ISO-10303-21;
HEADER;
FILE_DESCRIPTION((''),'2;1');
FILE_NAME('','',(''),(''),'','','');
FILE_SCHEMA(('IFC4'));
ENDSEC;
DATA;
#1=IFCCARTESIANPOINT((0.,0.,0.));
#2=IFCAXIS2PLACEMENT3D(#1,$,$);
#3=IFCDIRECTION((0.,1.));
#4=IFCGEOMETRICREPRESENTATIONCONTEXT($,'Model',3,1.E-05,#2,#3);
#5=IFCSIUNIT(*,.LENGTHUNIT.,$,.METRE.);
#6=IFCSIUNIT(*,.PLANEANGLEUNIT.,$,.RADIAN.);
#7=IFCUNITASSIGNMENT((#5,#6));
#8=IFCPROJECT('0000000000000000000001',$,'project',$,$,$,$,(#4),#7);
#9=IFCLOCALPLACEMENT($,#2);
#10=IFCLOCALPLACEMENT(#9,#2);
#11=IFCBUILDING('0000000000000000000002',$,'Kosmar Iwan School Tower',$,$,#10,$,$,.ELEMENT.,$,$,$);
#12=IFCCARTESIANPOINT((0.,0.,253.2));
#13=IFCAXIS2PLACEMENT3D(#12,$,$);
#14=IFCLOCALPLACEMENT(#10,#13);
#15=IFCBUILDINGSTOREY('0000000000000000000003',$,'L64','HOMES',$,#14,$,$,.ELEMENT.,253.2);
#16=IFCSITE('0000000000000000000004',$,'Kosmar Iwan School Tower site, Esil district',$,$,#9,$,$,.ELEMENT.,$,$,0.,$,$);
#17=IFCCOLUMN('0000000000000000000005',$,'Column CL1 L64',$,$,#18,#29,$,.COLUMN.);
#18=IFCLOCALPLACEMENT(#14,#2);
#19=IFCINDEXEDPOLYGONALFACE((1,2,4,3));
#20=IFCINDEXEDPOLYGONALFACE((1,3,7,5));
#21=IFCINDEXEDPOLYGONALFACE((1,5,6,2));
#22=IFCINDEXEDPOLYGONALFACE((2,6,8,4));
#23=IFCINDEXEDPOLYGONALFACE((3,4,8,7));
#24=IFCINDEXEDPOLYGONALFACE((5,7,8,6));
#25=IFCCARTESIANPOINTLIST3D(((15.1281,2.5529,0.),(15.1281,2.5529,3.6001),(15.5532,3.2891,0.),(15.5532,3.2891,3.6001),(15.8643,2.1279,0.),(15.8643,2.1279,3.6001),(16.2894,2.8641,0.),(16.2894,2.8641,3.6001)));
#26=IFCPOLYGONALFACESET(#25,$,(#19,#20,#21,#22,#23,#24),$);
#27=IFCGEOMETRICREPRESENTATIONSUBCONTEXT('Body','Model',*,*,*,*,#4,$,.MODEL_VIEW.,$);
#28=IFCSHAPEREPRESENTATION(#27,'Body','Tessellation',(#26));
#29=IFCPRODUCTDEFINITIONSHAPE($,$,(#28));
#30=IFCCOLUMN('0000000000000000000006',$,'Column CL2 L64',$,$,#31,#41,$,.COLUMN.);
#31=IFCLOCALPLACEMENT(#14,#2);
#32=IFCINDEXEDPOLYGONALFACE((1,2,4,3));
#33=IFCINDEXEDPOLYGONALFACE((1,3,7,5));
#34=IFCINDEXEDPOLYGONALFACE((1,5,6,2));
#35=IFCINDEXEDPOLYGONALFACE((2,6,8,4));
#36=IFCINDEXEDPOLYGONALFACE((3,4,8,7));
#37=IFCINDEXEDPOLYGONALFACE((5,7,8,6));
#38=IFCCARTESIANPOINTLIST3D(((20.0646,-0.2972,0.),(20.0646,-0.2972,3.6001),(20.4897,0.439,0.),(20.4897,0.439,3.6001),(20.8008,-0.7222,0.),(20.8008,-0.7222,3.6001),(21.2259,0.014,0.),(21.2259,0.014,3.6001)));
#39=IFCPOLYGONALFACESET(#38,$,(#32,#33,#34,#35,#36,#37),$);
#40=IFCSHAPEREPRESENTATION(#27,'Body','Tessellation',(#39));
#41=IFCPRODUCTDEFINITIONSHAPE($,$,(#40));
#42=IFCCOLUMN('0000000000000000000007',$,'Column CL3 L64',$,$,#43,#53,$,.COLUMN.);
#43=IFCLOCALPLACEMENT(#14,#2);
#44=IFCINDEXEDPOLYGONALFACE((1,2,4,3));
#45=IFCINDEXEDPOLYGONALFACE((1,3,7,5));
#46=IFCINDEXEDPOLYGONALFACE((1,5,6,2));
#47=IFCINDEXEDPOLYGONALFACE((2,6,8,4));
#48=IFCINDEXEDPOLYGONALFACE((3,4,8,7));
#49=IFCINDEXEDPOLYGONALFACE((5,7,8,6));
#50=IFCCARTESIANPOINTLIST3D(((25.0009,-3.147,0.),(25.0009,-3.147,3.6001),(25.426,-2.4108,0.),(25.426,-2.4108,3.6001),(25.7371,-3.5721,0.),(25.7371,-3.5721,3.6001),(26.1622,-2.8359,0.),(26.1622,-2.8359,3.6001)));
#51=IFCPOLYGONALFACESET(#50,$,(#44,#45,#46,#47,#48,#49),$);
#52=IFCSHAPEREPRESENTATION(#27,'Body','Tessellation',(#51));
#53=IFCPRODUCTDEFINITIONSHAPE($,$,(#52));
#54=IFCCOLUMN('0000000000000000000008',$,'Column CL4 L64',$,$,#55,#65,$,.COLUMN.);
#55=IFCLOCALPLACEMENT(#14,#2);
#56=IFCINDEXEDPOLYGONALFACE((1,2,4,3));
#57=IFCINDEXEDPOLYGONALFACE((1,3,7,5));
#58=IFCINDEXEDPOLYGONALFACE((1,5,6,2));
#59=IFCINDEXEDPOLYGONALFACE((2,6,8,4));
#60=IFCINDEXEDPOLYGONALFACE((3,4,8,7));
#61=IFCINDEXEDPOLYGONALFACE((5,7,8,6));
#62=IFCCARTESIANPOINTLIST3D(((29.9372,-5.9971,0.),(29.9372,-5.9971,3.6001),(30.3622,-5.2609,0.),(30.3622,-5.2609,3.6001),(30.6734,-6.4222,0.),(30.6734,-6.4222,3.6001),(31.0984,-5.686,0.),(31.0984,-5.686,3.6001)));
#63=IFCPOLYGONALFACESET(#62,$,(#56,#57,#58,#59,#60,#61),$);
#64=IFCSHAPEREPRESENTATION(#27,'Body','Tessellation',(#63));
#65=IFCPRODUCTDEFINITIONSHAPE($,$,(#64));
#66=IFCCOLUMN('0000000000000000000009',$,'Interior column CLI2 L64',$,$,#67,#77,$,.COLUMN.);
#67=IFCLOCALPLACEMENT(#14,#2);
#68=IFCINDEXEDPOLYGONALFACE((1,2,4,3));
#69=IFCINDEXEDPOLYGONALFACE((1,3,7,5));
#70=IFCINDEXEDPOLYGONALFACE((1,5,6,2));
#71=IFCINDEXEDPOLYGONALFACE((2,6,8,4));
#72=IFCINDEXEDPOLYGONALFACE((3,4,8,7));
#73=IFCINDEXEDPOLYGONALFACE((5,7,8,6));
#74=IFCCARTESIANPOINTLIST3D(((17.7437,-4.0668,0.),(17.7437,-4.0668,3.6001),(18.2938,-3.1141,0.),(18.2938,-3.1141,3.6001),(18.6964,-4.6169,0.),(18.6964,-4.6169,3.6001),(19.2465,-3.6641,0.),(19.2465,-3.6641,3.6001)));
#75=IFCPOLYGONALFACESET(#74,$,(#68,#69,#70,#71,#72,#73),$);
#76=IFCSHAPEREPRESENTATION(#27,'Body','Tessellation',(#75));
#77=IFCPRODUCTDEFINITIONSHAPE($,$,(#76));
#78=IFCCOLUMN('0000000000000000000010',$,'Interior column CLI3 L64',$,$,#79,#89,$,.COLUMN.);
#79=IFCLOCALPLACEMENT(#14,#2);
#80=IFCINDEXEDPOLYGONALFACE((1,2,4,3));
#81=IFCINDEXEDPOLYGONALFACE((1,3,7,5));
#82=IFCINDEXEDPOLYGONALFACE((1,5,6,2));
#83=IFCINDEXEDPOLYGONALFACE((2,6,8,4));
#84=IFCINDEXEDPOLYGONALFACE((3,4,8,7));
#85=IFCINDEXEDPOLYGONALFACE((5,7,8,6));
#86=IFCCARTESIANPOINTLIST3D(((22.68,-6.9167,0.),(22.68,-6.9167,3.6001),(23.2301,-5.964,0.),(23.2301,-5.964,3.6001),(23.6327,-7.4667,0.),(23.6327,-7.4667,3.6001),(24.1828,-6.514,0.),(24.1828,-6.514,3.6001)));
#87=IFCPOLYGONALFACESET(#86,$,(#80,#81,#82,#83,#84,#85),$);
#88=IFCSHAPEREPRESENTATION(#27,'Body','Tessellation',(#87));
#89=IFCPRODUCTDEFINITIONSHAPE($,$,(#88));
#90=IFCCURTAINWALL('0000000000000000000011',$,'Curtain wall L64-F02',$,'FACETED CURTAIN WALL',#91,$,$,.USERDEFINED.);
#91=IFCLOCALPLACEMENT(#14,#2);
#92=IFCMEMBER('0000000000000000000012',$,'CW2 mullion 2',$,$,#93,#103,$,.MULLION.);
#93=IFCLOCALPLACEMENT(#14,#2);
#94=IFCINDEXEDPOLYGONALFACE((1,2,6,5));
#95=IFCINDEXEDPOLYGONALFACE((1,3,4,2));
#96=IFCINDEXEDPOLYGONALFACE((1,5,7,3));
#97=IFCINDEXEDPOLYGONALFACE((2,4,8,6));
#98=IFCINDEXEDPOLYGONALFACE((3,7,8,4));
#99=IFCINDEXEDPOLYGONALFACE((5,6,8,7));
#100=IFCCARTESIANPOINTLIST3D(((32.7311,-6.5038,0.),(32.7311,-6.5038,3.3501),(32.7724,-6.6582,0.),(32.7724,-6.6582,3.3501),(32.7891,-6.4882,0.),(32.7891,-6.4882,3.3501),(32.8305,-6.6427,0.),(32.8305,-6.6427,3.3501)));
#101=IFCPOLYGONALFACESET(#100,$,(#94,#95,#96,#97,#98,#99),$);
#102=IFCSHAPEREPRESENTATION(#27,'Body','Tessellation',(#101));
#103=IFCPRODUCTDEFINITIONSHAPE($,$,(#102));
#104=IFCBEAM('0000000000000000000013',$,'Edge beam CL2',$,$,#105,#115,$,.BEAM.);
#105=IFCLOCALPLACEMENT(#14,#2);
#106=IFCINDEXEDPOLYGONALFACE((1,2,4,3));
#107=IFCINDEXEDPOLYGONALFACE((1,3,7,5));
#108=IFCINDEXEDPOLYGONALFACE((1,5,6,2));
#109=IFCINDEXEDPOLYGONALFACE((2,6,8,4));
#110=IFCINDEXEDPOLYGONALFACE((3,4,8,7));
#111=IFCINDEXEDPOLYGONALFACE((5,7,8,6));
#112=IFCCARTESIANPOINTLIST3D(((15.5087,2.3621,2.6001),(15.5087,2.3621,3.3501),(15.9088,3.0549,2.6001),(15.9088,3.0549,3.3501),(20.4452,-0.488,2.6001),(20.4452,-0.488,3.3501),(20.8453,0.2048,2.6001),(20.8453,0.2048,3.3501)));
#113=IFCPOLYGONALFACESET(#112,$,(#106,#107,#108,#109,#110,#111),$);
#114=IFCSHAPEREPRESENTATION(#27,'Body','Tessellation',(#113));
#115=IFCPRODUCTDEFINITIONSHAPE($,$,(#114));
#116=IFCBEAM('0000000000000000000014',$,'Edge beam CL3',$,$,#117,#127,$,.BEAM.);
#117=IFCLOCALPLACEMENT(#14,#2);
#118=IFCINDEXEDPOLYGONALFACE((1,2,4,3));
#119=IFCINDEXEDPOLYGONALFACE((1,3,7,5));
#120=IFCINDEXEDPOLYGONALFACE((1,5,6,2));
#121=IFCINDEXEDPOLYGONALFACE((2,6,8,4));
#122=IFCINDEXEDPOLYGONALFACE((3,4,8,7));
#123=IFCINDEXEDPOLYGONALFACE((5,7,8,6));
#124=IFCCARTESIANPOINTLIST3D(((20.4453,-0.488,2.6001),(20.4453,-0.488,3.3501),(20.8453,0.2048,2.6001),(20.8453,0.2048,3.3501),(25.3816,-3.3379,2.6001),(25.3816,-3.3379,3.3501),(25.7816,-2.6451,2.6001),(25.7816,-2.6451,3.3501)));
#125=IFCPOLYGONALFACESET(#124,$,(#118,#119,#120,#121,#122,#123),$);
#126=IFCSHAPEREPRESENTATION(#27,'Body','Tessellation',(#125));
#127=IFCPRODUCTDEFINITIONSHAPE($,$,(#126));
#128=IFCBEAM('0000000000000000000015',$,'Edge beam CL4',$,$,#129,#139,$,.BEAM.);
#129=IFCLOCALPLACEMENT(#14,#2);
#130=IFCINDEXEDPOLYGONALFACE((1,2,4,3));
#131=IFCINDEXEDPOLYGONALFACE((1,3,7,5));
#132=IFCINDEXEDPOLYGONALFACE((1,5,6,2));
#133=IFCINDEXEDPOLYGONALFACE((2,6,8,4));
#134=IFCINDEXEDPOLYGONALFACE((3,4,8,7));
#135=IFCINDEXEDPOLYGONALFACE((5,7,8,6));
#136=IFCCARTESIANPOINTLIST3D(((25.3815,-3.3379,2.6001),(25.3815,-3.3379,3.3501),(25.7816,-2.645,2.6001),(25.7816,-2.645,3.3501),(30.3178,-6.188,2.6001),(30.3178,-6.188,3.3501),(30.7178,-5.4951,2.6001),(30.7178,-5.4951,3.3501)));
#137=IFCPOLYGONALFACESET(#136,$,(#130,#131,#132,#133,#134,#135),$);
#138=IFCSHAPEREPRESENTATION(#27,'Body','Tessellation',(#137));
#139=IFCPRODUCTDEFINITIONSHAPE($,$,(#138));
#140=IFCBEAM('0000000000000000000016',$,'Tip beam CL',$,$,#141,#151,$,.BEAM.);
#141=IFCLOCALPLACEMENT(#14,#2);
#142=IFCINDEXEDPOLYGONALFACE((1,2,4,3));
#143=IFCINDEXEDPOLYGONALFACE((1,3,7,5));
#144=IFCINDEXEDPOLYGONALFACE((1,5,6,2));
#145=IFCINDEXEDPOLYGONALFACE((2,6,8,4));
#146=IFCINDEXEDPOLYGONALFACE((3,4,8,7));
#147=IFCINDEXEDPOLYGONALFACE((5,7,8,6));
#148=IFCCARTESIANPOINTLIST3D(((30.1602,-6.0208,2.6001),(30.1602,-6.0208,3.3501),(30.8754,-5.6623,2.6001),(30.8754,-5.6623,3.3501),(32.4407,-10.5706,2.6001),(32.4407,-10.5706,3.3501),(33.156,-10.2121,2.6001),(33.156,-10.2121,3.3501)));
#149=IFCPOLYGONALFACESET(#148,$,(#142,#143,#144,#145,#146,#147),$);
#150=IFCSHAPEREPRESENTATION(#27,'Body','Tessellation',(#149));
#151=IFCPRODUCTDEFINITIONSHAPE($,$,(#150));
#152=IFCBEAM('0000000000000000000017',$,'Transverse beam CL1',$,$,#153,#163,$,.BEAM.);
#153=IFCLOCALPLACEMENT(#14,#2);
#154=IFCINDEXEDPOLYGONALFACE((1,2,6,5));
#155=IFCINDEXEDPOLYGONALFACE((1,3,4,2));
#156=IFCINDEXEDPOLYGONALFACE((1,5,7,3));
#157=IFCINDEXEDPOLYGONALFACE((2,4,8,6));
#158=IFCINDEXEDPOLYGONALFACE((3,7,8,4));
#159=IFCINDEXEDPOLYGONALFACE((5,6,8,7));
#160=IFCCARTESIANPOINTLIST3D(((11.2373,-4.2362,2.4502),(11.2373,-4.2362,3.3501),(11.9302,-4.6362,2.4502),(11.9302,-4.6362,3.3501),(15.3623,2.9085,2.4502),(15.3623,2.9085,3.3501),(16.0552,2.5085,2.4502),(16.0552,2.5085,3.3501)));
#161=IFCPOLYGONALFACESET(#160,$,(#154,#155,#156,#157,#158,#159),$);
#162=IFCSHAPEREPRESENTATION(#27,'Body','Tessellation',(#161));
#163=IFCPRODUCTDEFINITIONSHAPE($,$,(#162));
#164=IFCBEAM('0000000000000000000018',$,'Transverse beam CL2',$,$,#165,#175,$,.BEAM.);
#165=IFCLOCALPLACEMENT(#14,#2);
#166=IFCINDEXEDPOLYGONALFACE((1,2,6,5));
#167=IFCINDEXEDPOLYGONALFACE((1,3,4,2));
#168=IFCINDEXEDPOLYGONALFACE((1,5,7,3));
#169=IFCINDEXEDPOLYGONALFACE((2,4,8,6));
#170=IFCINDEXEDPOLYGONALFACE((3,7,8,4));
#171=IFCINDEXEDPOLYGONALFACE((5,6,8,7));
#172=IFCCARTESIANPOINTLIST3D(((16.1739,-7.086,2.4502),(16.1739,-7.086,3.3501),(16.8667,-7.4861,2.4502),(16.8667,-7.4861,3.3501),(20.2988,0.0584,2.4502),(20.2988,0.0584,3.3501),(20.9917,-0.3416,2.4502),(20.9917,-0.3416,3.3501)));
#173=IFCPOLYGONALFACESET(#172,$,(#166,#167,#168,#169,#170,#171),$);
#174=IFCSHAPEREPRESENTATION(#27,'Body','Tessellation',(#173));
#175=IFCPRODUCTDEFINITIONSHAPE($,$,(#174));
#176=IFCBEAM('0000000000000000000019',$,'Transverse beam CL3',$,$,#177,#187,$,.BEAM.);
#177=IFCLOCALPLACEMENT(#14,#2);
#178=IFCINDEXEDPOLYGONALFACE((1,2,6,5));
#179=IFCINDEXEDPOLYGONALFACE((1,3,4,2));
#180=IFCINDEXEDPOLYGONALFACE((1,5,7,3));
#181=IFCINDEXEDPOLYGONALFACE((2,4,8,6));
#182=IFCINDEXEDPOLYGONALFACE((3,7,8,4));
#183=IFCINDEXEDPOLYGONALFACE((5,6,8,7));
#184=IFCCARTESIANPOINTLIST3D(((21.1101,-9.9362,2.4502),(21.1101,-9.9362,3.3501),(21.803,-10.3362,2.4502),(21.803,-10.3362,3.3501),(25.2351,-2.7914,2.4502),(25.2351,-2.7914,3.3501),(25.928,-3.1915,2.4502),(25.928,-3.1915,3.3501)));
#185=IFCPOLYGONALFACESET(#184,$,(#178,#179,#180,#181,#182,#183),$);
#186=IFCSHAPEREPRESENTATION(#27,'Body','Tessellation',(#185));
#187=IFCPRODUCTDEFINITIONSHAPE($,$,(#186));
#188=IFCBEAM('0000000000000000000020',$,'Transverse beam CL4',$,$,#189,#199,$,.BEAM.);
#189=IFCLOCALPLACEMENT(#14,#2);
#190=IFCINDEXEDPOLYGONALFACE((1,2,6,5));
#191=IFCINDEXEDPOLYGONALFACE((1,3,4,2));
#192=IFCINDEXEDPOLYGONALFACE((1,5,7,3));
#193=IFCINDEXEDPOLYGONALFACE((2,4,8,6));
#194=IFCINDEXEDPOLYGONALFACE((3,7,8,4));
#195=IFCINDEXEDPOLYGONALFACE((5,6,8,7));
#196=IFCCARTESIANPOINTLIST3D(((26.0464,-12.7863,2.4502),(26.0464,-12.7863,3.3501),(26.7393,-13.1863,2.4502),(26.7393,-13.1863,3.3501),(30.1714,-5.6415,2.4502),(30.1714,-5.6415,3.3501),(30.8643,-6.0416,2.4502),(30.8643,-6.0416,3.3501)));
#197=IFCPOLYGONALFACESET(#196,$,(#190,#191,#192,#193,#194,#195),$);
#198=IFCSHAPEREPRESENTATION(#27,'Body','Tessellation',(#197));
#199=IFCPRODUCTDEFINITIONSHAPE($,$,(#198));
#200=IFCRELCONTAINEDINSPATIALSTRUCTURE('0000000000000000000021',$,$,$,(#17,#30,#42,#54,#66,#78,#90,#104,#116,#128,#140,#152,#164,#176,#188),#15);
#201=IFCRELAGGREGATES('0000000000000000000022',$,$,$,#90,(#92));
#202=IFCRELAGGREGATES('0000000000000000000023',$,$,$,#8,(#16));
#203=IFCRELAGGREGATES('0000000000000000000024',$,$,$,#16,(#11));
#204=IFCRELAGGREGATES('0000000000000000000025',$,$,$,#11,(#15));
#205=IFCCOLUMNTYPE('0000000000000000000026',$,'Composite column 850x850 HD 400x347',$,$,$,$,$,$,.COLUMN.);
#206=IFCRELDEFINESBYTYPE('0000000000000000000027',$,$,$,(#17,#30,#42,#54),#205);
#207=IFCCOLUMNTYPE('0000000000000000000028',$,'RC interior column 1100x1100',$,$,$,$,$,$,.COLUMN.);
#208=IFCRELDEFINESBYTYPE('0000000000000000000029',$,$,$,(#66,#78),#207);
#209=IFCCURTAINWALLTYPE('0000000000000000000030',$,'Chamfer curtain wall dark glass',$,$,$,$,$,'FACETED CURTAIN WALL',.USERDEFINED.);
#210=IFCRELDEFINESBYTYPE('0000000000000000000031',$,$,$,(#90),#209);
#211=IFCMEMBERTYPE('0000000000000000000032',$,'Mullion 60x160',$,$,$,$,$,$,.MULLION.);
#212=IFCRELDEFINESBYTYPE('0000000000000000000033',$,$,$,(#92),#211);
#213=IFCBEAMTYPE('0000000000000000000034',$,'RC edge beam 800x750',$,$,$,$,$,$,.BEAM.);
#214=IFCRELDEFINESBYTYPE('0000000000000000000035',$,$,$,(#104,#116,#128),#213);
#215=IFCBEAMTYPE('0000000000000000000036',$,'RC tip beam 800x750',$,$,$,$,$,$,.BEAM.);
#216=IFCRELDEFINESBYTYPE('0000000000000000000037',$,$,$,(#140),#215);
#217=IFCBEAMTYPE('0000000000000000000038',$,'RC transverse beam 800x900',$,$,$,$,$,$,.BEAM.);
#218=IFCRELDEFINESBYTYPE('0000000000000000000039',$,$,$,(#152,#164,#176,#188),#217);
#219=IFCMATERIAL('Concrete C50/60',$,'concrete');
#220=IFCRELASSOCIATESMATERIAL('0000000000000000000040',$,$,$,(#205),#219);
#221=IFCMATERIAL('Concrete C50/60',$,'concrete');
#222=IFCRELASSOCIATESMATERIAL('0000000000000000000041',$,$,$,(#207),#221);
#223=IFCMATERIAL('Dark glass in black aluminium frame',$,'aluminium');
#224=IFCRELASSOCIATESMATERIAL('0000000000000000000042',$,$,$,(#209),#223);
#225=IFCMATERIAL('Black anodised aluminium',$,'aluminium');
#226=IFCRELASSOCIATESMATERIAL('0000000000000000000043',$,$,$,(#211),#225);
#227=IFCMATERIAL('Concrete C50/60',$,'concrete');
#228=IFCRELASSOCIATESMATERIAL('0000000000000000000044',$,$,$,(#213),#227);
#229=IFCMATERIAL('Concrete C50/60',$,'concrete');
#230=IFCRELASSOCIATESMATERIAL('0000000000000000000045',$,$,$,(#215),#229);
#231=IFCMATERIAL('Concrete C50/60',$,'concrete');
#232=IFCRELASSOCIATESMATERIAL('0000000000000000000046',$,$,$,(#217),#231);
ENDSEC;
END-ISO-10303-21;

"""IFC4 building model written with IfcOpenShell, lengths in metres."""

from ifc_helpers import new_model, si_unit, direction, frame, origin, origin_2d, place, context, subcontext, project, spatial, rectangle, extrude, material, material_profile, profile_set, type_object, element, aggregate, save


model = new_model("IFC4")

# Units and contexts
model_context = context("Model", 3, precision=1e-05, world=origin(), true_north=direction((0.0, 1.0)))
body_context = subcontext(model_context, "Body", "Model", "MODEL_VIEW")
ifc_project = project(units=[si_unit("LENGTHUNIT", "METRE"), si_unit("PLANEANGLEUNIT", "RADIAN")], contexts=[model_context])

# Site, building, storey
site_placement = place(None, origin())
site = spatial("IfcSite", under=ifc_project, at=site_placement, Name="Kosmar Iwan School Tower site, Esil district", CompositionType="ELEMENT", RefElevation=0.0)
building_placement = place(site_placement, origin())
building = spatial("IfcBuilding", under=site, at=building_placement, Name="Kosmar Iwan School Tower", CompositionType="ELEMENT")
storey_placement = place(building_placement, frame((0.0, 0.0, 253.2)))
storey = spatial("IfcBuildingStorey", under=building, at=storey_placement, Name="L64", Description="HOMES", CompositionType="ELEMENT", Elevation=253.2)

# Columns
ifc_material_1 = material(Name="Concrete C50/60", Category="concrete")
ifc_material_profile_1 = material_profile(ifc_material_1, rectangle(XDim=0.8501, YDim=0.8501, at=origin_2d()), Name="RC 850x850 + HD 400x347")
ifc_profile_set_1 = profile_set([ifc_material_profile_1], Name="Concrete C50/60")
column_type_1 = type_object("IfcColumnType", Name="Composite column 850x850 HD 400x347", PredefinedType="COLUMN", material=ifc_profile_set_1)
for number, where, z_axis, x_axis, name in (
    (1, (15.7087, 2.7085, 0.0), (0.0, 0.0, 1.0), (0.866025, -0.5, 0.0), "Column CL1 L64"),
    (2, (20.6453, -0.1416, 0.0), (0.0, 0.0, 1.0), (0.866025, -0.5, 0.0), "Column CL2 L64"),
    (3, (25.5815, -2.9915, 0.0), (0.0, 0.0, 1.0), (0.866025, -0.5, 0.0), "Column CL3 L64"),
    (4, (30.5178, -5.8416, 0.0), (0.0, 0.0, 1.0), (0.866025, -0.5, 0.0), "Column CL4 L64"),
):
    element("IfcColumn", number, at=place(storey_placement, frame(where, z_axis=z_axis, x_axis=x_axis)), inside=storey, type_object=column_type_1, Name=name, PredefinedType="COLUMN", context=body_context, shape_type="SweptSolid", body=[
        extrude(rectangle(XDim=0.8501, YDim=0.8501, at=origin_2d()), origin(), (0.0, 0.0, 1.0), 3.6001),
    ])
ifc_material_2 = material(Name="Concrete C50/60", Category="concrete")
ifc_material_profile_2 = material_profile(ifc_material_2, rectangle(XDim=1.1001, YDim=1.1001, at=origin_2d()), Name="RC 1100x1100")
ifc_profile_set_2 = profile_set([ifc_material_profile_2], Name="Concrete C50/60")
column_type_2 = type_object("IfcColumnType", Name="RC interior column 1100x1100", PredefinedType="COLUMN", material=ifc_profile_set_2)
for number, where, z_axis, x_axis, name in (
    (5, (18.4951, -3.8655, 0.0), (0.0, 0.0, 1.0), (0.866025, -0.5, 0.0), "Interior column CLI2 L64"),
    (6, (23.4314, -6.7153, 0.0), (0.0, 0.0, 1.0), (0.866025, -0.5, 0.0), "Interior column CLI3 L64"),
):
    element("IfcColumn", number, at=place(storey_placement, frame(where, z_axis=z_axis, x_axis=x_axis)), inside=storey, type_object=column_type_2, Name=name, PredefinedType="COLUMN", context=body_context, shape_type="SweptSolid", body=[
        extrude(rectangle(XDim=1.1001, YDim=1.1001, at=origin_2d()), origin(), (0.0, 0.0, 1.0), 3.6001),
    ])

# Curtain wall, member
ifc_material_3 = material(Name="Dark glass in black aluminium frame", Category="aluminium")
curtain_wall_type = type_object("IfcCurtainWallType", Name="Chamfer curtain wall dark glass", ElementType="FACETED CURTAIN WALL", PredefinedType="USERDEFINED", material=ifc_material_3)
curtain_wall_placement = place(storey_placement, origin())
curtain_wall = element("IfcCurtainWall", 7, at=curtain_wall_placement, inside=storey, type_object=curtain_wall_type, Name="Curtain wall L64-F02", ObjectType="FACETED CURTAIN WALL", PredefinedType="USERDEFINED")
ifc_material_4 = material(Name="Black anodised aluminium", Category="aluminium")
ifc_material_profile_3 = material_profile(ifc_material_4, rectangle(XDim=0.0601, YDim=0.1599, at=origin_2d()), Name="MULLION 60x160")
ifc_profile_set_3 = profile_set([ifc_material_profile_3], Name="Black anodised aluminium")
member_type = type_object("IfcMemberType", Name="Mullion 60x160", PredefinedType="MULLION", material=ifc_profile_set_3)
member_placement = place(storey_placement, frame((32.7808, -6.5732, 0.0), z_axis=(0.0, 0.0, 1.0), x_axis=(-0.965926, -0.258819, 0.0)))
member = element("IfcMember", 8, at=member_placement, type_object=member_type, Name="CW2 mullion 2", PredefinedType="MULLION", context=body_context, shape_type="SweptSolid", body=[
    extrude(rectangle(XDim=0.0601, YDim=0.1599, at=origin_2d()), origin(), (0.0, 0.0, 1.0), 3.3501),
])

# Beams
ifc_material_5 = material(Name="Concrete C50/60", Category="concrete")
ifc_material_profile_4 = material_profile(ifc_material_5, rectangle(XDim=0.8, YDim=0.75, at=origin_2d()), Name="RC 800x750")
ifc_profile_set_4 = profile_set([ifc_material_profile_4], Name="Concrete C50/60")
beam_type_1 = type_object("IfcBeamType", Name="RC edge beam 800x750", PredefinedType="BEAM", material=ifc_profile_set_4)
beam_1_placement = place(storey_placement, frame((15.7087, 2.7085, 2.9751), z_axis=(0.866026, -0.499999, 0.0), x_axis=(0.499999, 0.866026, 0.0)))
element("IfcBeam", 9, at=beam_1_placement, inside=storey, type_object=beam_type_1, Name="Edge beam CL2", PredefinedType="BEAM", context=body_context, shape_type="SweptSolid", body=[
    extrude(rectangle(XDim=0.8, YDim=0.75, at=origin_2d()), origin(), (0.0, 0.0, 1.0), 5.7002),
])
for number, where, z_axis, x_axis, name in (
    (10, (20.6453, -0.1416, 2.9751), (0.866034, -0.499986, 0.0), (0.499986, 0.866034, 0.0), "Edge beam CL3"),
    (11, (25.5815, -2.9915, 2.9751), (0.866015, -0.500018, 0.0), (0.500018, 0.866015, 0.0), "Edge beam CL4"),
):
    element("IfcBeam", number, at=place(storey_placement, frame(where, z_axis=z_axis, x_axis=x_axis)), inside=storey, type_object=beam_type_1, Name=name, PredefinedType="BEAM", context=body_context, shape_type="SweptSolid", body=[
        extrude(rectangle(XDim=0.8, YDim=0.75, at=origin_2d()), origin(), (0.0, 0.0, 1.0), 5.7),
    ])
ifc_material_6 = material(Name="Concrete C50/60", Category="concrete")
ifc_material_profile_5 = material_profile(ifc_material_6, rectangle(XDim=0.8, YDim=0.75, at=origin_2d()), Name="RC 800x750")
ifc_profile_set_5 = profile_set([ifc_material_profile_5], Name="Concrete C50/60")
beam_type_2 = type_object("IfcBeamType", Name="RC tip beam 800x750", PredefinedType="BEAM", material=ifc_profile_set_5)
beam_2_placement = place(storey_placement, frame((30.5178, -5.8416, 2.9751), z_axis=(0.448096, -0.893985, 0.0), x_axis=(0.893985, 0.448096, 0.0)))
element("IfcBeam", 12, at=beam_2_placement, inside=storey, type_object=beam_type_2, Name="Tip beam CL", PredefinedType="BEAM", context=body_context, shape_type="SweptSolid", body=[
    extrude(rectangle(XDim=0.8, YDim=0.75, at=origin_2d()), origin(), (0.0, 0.0, 1.0), 5.0894),
])
ifc_material_7 = material(Name="Concrete C50/60", Category="concrete")
ifc_material_profile_6 = material_profile(ifc_material_7, rectangle(XDim=0.8, YDim=0.8999, at=origin_2d()), Name="RC 800x900")
ifc_profile_set_6 = profile_set([ifc_material_profile_6], Name="Concrete C50/60")
beam_type_3 = type_object("IfcBeamType", Name="RC transverse beam 800x900", PredefinedType="BEAM", material=ifc_profile_set_6)
beam_3_placement = place(storey_placement, frame((15.7087, 2.7085, 2.9001), z_axis=(-0.499997, -0.866027, 0.0), x_axis=(0.866027, -0.499997, 0.0)))
element("IfcBeam", 13, at=beam_3_placement, inside=storey, type_object=beam_type_3, Name="Transverse beam CL1", PredefinedType="BEAM", context=body_context, shape_type="SweptSolid", body=[
    extrude(rectangle(XDim=0.8, YDim=0.8999, at=origin_2d()), origin(), (0.0, 0.0, 1.0), 8.25),
])
beam_4_placement = place(storey_placement, frame((20.6453, -0.1416, 2.9001), z_axis=(-0.500009, -0.86602, 0.0), x_axis=(0.86602, -0.500009, 0.0)))
element("IfcBeam", 14, at=beam_4_placement, inside=storey, type_object=beam_type_3, Name="Transverse beam CL2", PredefinedType="BEAM", context=body_context, shape_type="SweptSolid", body=[
    extrude(rectangle(XDim=0.8, YDim=0.8999, at=origin_2d()), origin(), (0.0, 0.0, 1.0), 8.2498),
])
for number, where, z_axis, x_axis, name in (
    (15, (25.5815, -2.9915, 2.9001), (-0.499997, -0.866027, 0.0), (0.866027, -0.499997, 0.0), "Transverse beam CL3"),
    (16, (30.5178, -5.8416, 2.9001), (-0.499997, -0.866027, 0.0), (0.866027, -0.499997, 0.0), "Transverse beam CL4"),
):
    element("IfcBeam", number, at=place(storey_placement, frame(where, z_axis=z_axis, x_axis=x_axis)), inside=storey, type_object=beam_type_3, Name=name, PredefinedType="BEAM", context=body_context, shape_type="SweptSolid", body=[
        extrude(rectangle(XDim=0.8, YDim=0.8999, at=origin_2d()), origin(), (0.0, 0.0, 1.0), 8.25),
    ])

aggregate(curtain_wall, [member])

save(model, "model.ifc")
